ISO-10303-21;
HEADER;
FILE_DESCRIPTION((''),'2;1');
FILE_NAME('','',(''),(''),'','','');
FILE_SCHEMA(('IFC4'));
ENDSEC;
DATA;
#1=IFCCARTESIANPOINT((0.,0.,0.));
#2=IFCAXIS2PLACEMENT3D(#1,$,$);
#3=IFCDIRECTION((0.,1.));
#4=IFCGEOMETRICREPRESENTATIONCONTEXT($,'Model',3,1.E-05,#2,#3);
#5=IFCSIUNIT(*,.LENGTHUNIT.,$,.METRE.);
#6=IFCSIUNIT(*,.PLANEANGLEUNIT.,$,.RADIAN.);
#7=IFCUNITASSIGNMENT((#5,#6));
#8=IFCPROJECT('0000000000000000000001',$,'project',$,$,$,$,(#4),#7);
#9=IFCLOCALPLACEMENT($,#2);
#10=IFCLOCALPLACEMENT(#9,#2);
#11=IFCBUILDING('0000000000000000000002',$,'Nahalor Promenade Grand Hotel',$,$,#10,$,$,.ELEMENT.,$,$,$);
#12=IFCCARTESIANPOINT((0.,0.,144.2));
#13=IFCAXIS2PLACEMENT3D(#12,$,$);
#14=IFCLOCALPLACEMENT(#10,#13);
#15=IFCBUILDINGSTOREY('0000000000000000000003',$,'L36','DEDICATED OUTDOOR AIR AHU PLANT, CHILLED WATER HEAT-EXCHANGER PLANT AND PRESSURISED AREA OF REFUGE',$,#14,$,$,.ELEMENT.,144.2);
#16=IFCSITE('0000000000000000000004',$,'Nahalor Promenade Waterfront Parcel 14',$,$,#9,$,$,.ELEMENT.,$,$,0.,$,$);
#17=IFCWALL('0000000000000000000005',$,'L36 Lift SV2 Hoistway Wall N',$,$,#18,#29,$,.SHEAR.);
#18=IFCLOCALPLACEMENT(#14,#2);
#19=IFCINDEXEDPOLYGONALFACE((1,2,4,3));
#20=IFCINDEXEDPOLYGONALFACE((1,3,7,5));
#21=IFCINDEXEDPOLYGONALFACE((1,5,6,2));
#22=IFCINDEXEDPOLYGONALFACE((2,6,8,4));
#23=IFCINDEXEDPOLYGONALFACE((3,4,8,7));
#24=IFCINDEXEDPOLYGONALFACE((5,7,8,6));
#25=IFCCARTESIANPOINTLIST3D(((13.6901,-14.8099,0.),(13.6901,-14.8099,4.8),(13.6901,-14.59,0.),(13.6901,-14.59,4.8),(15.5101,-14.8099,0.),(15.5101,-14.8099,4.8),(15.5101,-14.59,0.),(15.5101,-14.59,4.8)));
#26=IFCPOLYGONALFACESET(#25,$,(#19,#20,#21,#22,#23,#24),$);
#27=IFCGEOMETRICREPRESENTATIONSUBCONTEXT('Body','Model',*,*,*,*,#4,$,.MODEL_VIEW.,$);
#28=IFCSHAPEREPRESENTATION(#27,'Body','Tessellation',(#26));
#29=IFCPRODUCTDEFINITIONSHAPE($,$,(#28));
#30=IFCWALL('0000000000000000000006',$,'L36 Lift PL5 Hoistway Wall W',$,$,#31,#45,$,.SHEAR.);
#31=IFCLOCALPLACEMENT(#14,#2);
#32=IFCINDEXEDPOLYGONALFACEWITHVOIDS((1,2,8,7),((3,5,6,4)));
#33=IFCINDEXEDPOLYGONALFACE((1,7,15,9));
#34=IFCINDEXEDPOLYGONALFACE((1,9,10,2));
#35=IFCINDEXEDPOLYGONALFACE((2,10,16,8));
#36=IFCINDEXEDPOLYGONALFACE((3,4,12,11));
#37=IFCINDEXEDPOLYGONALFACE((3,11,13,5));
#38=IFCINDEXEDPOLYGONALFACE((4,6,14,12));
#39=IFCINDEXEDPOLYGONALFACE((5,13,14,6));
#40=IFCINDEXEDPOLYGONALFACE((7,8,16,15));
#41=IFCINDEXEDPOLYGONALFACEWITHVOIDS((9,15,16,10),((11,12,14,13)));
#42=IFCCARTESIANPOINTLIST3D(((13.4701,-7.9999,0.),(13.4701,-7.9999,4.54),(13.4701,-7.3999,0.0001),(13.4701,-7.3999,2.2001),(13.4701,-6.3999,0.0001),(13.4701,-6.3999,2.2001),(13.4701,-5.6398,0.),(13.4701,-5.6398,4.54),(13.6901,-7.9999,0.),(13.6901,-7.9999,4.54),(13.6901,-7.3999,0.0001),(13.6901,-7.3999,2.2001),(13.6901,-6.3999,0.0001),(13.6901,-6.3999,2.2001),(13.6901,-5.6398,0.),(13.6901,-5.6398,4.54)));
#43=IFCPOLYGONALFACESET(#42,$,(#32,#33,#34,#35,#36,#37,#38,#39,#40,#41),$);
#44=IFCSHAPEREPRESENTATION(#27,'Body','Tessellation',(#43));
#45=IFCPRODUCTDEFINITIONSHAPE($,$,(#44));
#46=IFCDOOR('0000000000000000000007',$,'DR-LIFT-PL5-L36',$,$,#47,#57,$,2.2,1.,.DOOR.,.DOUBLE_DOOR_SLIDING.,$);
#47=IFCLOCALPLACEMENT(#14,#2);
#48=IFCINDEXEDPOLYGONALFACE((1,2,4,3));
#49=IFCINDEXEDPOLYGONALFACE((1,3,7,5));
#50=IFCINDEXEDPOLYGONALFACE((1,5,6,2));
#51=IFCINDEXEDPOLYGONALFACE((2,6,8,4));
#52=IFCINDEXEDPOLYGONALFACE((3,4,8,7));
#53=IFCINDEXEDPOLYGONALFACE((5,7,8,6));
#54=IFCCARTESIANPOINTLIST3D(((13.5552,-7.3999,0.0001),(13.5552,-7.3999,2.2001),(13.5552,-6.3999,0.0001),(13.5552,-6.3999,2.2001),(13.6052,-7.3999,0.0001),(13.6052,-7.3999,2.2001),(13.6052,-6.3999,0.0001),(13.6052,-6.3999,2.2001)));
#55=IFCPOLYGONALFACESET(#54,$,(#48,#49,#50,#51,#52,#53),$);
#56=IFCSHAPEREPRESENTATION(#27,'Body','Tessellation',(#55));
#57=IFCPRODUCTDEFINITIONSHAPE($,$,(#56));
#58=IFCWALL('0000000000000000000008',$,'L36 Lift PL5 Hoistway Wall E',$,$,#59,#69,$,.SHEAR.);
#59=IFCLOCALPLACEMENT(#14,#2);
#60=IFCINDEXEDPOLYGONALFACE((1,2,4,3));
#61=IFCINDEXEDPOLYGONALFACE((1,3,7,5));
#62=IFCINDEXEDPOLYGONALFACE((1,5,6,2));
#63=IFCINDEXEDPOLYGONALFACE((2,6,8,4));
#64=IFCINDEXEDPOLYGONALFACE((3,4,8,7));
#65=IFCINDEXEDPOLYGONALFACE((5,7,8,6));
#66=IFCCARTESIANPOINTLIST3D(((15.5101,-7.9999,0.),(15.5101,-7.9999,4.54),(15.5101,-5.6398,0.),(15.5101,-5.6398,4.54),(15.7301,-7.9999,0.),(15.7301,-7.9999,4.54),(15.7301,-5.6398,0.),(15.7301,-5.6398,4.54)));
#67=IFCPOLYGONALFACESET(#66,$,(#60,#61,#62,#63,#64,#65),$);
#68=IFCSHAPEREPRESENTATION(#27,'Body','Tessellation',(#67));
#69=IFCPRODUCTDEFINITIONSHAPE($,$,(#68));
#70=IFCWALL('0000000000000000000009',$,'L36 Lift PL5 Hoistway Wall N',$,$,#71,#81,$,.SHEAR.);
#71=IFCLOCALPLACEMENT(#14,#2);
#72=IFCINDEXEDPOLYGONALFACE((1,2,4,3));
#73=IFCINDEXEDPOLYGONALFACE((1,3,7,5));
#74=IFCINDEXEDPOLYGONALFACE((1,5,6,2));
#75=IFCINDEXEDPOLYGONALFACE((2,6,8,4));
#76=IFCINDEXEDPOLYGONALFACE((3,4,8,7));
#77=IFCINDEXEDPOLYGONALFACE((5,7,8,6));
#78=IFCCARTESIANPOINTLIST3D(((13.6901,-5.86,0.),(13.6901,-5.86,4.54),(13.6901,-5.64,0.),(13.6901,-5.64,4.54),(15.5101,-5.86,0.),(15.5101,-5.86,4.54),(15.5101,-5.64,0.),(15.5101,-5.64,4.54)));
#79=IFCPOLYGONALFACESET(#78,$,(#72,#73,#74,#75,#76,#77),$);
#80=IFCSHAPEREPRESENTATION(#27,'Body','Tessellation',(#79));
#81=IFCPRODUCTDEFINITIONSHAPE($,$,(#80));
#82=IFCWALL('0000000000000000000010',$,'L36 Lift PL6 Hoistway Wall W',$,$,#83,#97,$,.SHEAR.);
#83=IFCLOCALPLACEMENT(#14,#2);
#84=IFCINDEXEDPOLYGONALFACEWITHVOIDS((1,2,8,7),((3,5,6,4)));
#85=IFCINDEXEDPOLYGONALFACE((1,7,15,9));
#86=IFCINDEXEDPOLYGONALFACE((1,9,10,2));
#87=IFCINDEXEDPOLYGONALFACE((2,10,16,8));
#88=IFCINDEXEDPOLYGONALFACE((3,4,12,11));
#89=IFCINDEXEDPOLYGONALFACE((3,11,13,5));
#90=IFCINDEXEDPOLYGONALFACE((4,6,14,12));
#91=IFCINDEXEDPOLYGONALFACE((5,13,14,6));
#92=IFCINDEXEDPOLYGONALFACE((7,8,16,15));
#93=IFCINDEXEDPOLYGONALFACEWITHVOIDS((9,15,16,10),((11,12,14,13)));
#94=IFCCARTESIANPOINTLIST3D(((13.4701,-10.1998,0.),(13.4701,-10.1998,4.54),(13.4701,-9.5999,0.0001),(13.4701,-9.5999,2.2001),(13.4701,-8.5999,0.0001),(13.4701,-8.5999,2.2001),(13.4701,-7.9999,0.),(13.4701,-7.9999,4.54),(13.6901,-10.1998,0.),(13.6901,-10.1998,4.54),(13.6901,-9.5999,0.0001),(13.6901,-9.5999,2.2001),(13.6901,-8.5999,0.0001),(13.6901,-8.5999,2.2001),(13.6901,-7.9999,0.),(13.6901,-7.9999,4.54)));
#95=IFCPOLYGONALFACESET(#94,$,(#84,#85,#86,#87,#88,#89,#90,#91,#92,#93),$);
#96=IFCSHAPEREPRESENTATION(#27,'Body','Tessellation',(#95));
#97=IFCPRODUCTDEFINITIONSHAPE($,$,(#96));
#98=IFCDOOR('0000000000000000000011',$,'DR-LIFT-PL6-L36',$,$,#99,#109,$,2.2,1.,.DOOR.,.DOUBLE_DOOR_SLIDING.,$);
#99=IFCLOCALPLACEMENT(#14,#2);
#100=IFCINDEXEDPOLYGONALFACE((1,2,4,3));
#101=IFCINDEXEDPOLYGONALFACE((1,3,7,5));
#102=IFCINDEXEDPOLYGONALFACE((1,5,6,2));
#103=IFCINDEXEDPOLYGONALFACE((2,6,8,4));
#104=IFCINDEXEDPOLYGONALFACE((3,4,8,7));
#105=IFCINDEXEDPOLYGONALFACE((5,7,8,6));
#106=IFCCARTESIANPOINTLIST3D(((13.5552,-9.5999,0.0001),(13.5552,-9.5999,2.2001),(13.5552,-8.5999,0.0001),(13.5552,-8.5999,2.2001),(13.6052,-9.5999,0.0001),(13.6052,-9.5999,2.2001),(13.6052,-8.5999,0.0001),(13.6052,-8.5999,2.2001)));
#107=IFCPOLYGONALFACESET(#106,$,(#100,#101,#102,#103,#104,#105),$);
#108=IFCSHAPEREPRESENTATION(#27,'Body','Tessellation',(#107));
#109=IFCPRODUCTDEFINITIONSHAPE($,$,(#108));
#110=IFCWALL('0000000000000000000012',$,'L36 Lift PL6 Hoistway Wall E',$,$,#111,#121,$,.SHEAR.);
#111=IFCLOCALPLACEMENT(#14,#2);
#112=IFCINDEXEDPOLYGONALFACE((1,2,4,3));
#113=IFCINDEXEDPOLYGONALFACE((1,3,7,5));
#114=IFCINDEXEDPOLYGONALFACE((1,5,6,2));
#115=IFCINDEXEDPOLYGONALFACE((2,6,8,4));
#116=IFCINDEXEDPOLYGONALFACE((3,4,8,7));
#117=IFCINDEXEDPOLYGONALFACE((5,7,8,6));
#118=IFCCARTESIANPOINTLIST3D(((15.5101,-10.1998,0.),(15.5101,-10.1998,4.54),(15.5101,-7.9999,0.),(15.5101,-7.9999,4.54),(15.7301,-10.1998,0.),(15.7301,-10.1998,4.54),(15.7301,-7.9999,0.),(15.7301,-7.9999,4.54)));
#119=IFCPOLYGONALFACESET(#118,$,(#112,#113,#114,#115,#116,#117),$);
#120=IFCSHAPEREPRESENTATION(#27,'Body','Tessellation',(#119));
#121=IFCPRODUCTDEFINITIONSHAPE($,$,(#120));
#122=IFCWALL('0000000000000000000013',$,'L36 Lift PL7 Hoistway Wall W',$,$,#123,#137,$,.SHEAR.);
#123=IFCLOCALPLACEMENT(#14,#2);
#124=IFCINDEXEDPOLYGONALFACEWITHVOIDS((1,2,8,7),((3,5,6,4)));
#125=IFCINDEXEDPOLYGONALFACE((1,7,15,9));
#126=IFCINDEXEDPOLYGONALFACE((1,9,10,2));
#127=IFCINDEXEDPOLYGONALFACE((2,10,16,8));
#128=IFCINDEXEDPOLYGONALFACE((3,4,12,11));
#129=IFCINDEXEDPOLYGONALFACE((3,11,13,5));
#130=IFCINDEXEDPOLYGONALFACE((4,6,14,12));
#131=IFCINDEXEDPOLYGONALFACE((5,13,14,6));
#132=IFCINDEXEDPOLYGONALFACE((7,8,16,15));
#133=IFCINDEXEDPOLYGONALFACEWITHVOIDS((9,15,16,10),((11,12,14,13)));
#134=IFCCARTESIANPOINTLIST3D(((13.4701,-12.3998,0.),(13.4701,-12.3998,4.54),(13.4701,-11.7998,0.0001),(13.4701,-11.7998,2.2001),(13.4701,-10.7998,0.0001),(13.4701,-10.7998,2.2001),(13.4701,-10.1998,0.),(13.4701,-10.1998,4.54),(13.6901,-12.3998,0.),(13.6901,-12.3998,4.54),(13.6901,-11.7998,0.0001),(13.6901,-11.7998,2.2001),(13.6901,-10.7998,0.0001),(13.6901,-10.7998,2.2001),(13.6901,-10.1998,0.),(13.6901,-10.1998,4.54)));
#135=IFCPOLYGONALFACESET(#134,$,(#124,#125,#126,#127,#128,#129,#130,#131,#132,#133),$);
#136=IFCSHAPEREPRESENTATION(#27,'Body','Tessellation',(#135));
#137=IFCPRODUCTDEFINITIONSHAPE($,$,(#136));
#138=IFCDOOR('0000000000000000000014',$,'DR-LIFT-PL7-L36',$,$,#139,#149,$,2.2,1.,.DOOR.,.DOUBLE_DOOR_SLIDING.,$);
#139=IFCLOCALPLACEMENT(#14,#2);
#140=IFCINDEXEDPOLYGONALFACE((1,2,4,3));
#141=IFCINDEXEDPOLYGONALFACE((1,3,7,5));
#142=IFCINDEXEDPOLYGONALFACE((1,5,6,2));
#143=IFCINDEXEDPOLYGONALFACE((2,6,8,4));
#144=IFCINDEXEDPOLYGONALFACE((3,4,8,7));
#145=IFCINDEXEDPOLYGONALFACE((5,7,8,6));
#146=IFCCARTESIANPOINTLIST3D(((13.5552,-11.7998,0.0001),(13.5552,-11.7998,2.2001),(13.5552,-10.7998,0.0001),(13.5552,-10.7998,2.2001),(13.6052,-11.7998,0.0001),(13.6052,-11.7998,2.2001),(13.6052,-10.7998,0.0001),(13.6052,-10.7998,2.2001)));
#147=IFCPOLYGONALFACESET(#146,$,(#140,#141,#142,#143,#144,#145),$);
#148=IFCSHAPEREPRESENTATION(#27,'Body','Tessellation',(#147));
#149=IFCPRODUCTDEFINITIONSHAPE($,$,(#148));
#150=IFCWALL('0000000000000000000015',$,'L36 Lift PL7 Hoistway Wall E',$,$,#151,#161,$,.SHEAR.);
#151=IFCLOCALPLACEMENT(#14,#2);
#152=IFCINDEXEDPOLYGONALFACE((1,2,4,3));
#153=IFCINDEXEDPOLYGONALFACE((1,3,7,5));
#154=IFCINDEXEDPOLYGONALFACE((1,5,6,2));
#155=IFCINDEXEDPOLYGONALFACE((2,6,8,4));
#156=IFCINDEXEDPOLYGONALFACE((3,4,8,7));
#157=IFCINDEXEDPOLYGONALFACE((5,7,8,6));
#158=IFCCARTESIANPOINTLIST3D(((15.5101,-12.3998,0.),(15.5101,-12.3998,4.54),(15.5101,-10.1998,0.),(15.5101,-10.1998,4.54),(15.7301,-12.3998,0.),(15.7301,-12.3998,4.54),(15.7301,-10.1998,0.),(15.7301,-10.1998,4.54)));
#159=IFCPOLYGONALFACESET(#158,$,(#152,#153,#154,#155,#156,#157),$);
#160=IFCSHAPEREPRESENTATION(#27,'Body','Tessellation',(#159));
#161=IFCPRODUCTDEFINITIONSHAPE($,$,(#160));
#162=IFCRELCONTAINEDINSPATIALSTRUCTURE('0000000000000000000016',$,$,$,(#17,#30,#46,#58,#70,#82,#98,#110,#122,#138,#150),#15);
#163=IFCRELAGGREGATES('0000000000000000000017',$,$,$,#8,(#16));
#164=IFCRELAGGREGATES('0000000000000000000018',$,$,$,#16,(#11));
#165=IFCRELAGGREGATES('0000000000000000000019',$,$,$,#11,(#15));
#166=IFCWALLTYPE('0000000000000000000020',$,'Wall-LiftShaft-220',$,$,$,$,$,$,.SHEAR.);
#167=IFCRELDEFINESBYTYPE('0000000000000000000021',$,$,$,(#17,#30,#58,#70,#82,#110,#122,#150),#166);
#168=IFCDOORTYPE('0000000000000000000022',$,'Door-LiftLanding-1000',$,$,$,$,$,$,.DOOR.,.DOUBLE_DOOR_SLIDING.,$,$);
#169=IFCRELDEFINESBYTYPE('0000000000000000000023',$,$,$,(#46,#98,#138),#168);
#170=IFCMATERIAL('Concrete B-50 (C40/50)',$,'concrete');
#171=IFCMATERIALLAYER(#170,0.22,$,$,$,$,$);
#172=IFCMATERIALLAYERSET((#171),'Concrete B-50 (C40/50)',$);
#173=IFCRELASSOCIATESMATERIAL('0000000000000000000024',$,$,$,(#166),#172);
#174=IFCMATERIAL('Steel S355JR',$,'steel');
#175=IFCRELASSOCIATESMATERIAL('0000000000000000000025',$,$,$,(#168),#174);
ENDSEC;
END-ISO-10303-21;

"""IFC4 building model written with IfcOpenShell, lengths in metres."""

from ifc_helpers import new_model, si_unit, direction, frame, frame_2d, origin, place, context, subcontext, project, spatial, rectangle, extrude, source, transform, mapped, material, layer, layer_set, type_object, element, fill, save


model = new_model("IFC4")

# Units and contexts
model_context = context("Model", 3, precision=1e-05, world=origin(), true_north=direction((0.0, 1.0)))
body_context = subcontext(model_context, "Body", "Model", "MODEL_VIEW")
ifc_project = project(units=[si_unit("LENGTHUNIT", "METRE"), si_unit("PLANEANGLEUNIT", "RADIAN")], contexts=[model_context])

# Site, building, storey
site_placement = place(None, origin())
site = spatial("IfcSite", under=ifc_project, at=site_placement, Name="Nahalor Promenade Waterfront Parcel 14", CompositionType="ELEMENT", RefElevation=0.0)
building_placement = place(site_placement, origin())
building = spatial("IfcBuilding", under=site, at=building_placement, Name="Nahalor Promenade Grand Hotel", CompositionType="ELEMENT")
storey_placement = place(building_placement, frame((0.0, 0.0, 144.2)))
storey = spatial("IfcBuildingStorey", under=building, at=storey_placement, Name="L36", Description="DEDICATED OUTDOOR AIR AHU PLANT, CHILLED WATER HEAT-EXCHANGER PLANT AND PRESSURISED AREA OF REFUGE", CompositionType="ELEMENT", Elevation=144.2)

# Shared definitions
ifc_material_1 = material(Name="Steel S355JR", Category="steel")

# Wall
ifc_material_2 = material(Name="Concrete B-50 (C40/50)", Category="concrete")
ifc_layer_1 = layer(ifc_material_2, 0.22)
ifc_layer_set_1 = layer_set([ifc_layer_1], Name="Concrete B-50 (C40/50)")
wall_type_1 = type_object("IfcWallType", Name="Wall-LiftShaft-220", PredefinedType="SHEAR", material=ifc_layer_set_1)
shared_shape_1 = source(origin(), body_context, "Body", "SweptSolid", [
    extrude(rectangle(XDim=1.8201, YDim=0.22, at=frame_2d((0.9102, 0.0))), origin(), (0.0, 0.0, 1.0), 4.8),
])
for number, where, z_axis, x_axis, name in (
    (1, (13.6899, -14.7, 0.0), (0.0, 0.0, 1.0), (1.0, 0.0, 0.0), "L36 Lift SV2 Hoistway Wall N"),
):
    element("IfcWall", number, at=place(storey_placement, frame(where, z_axis=z_axis, x_axis=x_axis)), inside=storey, type_object=wall_type_1, Name=name, PredefinedType="SHEAR", context=body_context, shape_type="MappedRepresentation", body=[
        mapped(shared_shape_1, transform((0.0, 0.0, 0.0), scale=1.0)),
    ])

# Wall, opening, door
shared_shape_2 = source(origin(), body_context, "Body", "SweptSolid", [
    extrude(rectangle(XDim=2.3601, YDim=0.22, at=frame_2d((1.1802, 0.0))), origin(), (0.0, 0.0, 1.0), 4.54),
])
wall_1_placement = place(storey_placement, frame((13.5801, -8.0, 0.0), z_axis=(0.0, 0.0, 1.0), x_axis=(0.0, 1.0, 0.0)))
wall_1 = element("IfcWall", 2, at=wall_1_placement, inside=storey, type_object=wall_type_1, Name="L36 Lift PL5 Hoistway Wall W", PredefinedType="SHEAR", context=body_context, shape_type="MappedRepresentation", body=[
    mapped(shared_shape_2, transform((0.0, 0.0, 0.0), scale=1.0)),
])
opening_1_placement = place(wall_1_placement, frame((0.6001, 0.0, 0.0)))
opening_1 = element("IfcOpeningElement", 3, at=opening_1_placement, cuts=wall_1, PredefinedType="OPENING", context=body_context, shape_type="SweptSolid", body=[
    extrude(rectangle(XDim=1.0, YDim=2.2, at=frame_2d((0.5, 1.1001))), frame((0.0, 0.1199, 0.0), z_axis=(0.0, -1.0, 0.0), x_axis=(1.0, 0.0, 0.0)), (0.0, 0.0, 1.0), 0.24),
])
door_type_1 = type_object("IfcDoorType", Name="Door-LiftLanding-1000", OperationType="DOUBLE_DOOR_SLIDING", PredefinedType="DOOR", material=ifc_material_1)
shared_shape_3 = source(origin(), body_context, "Body", "SweptSolid", [
    extrude(rectangle(XDim=1.0, YDim=2.2, at=frame_2d((0.5, 1.1001))), frame((0.0, 0.0249, 0.0), z_axis=(0.0, -1.0, 0.0), x_axis=(1.0, 0.0, 0.0)), (0.0, 0.0, 1.0), 0.05),
])
door_1_placement = place(opening_1_placement, origin())
door_1 = element("IfcDoor", 4, at=door_1_placement, inside=storey, type_object=door_type_1, Name="DR-LIFT-PL5-L36", OperationType="DOUBLE_DOOR_SLIDING", OverallHeight=2.2, OverallWidth=1.0, PredefinedType="DOOR", context=body_context, shape_type="MappedRepresentation", body=[
    mapped(shared_shape_3, transform((0.0, 0.0, 0.0), scale=1.0)),
])
fill(opening_1, door_1)

# Walls
wall_2_placement = place(storey_placement, frame((15.6201, -8.0, 0.0), z_axis=(0.0, 0.0, 1.0), x_axis=(0.0, 1.0, 0.0)))
element("IfcWall", 5, at=wall_2_placement, inside=storey, type_object=wall_type_1, Name="L36 Lift PL5 Hoistway Wall E", PredefinedType="SHEAR", context=body_context, shape_type="MappedRepresentation", body=[
    mapped(shared_shape_2, transform((0.0, 0.0, 0.0), scale=1.0)),
])
shared_shape_4 = source(origin(), body_context, "Body", "SweptSolid", [
    extrude(rectangle(XDim=1.8201, YDim=0.22, at=frame_2d((0.9102, 0.0))), origin(), (0.0, 0.0, 1.0), 4.54),
])
wall_3_placement = place(storey_placement, frame((13.6899, -5.75, 0.0), z_axis=(0.0, 0.0, 1.0), x_axis=(1.0, 0.0, 0.0)))
element("IfcWall", 6, at=wall_3_placement, inside=storey, type_object=wall_type_1, Name="L36 Lift PL5 Hoistway Wall N", PredefinedType="SHEAR", context=body_context, shape_type="MappedRepresentation", body=[
    mapped(shared_shape_4, transform((0.0, 0.0, 0.0), scale=1.0)),
])

# Wall, opening, door
shared_shape_5 = source(origin(), body_context, "Body", "SweptSolid", [
    extrude(rectangle(XDim=2.2, YDim=0.22, at=frame_2d((1.1001, 0.0))), origin(), (0.0, 0.0, 1.0), 4.54),
])
wall_4_placement = place(storey_placement, frame((13.5801, -10.2, 0.0), z_axis=(0.0, 0.0, 1.0), x_axis=(0.0, 1.0, 0.0)))
wall_4 = element("IfcWall", 7, at=wall_4_placement, inside=storey, type_object=wall_type_1, Name="L36 Lift PL6 Hoistway Wall W", PredefinedType="SHEAR", context=body_context, shape_type="MappedRepresentation", body=[
    mapped(shared_shape_5, transform((0.0, 0.0, 0.0), scale=1.0)),
])
opening_2_placement = place(wall_4_placement, frame((0.6001, 0.0, 0.0)))
opening_2 = element("IfcOpeningElement", 8, at=opening_2_placement, cuts=wall_4, PredefinedType="OPENING", context=body_context, shape_type="SweptSolid", body=[
    extrude(rectangle(XDim=1.0, YDim=2.2, at=frame_2d((0.5, 1.1001))), frame((0.0, 0.1199, 0.0), z_axis=(0.0, -1.0, 0.0), x_axis=(1.0, 0.0, 0.0)), (0.0, 0.0, 1.0), 0.24),
])
door_2_placement = place(opening_2_placement, origin())
door_2 = element("IfcDoor", 9, at=door_2_placement, inside=storey, type_object=door_type_1, Name="DR-LIFT-PL6-L36", OperationType="DOUBLE_DOOR_SLIDING", OverallHeight=2.2, OverallWidth=1.0, PredefinedType="DOOR", context=body_context, shape_type="MappedRepresentation", body=[
    mapped(shared_shape_3, transform((0.0, 0.0, 0.0), scale=1.0)),
])
fill(opening_2, door_2)

# Wall
wall_5_placement = place(storey_placement, frame((15.6201, -10.2, 0.0), z_axis=(0.0, 0.0, 1.0), x_axis=(0.0, 1.0, 0.0)))
element("IfcWall", 10, at=wall_5_placement, inside=storey, type_object=wall_type_1, Name="L36 Lift PL6 Hoistway Wall E", PredefinedType="SHEAR", context=body_context, shape_type="MappedRepresentation", body=[
    mapped(shared_shape_5, transform((0.0, 0.0, 0.0), scale=1.0)),
])

# Wall, opening, door
wall_6_placement = place(storey_placement, frame((13.5801, -12.3999, 0.0), z_axis=(0.0, 0.0, 1.0), x_axis=(0.0, 1.0, 0.0)))
wall_6 = element("IfcWall", 11, at=wall_6_placement, inside=storey, type_object=wall_type_1, Name="L36 Lift PL7 Hoistway Wall W", PredefinedType="SHEAR", context=body_context, shape_type="MappedRepresentation", body=[
    mapped(shared_shape_5, transform((0.0, 0.0, 0.0), scale=1.0)),
])
opening_3_placement = place(wall_6_placement, frame((0.6001, 0.0, 0.0)))
opening_3 = element("IfcOpeningElement", 12, at=opening_3_placement, cuts=wall_6, PredefinedType="OPENING", context=body_context, shape_type="SweptSolid", body=[
    extrude(rectangle(XDim=1.0, YDim=2.2, at=frame_2d((0.5, 1.1001))), frame((0.0, 0.1199, 0.0), z_axis=(0.0, -1.0, 0.0), x_axis=(1.0, 0.0, 0.0)), (0.0, 0.0, 1.0), 0.24),
])
door_3_placement = place(opening_3_placement, origin())
door_3 = element("IfcDoor", 13, at=door_3_placement, inside=storey, type_object=door_type_1, Name="DR-LIFT-PL7-L36", OperationType="DOUBLE_DOOR_SLIDING", OverallHeight=2.2, OverallWidth=1.0, PredefinedType="DOOR", context=body_context, shape_type="MappedRepresentation", body=[
    mapped(shared_shape_3, transform((0.0, 0.0, 0.0), scale=1.0)),
])
fill(opening_3, door_3)

# Wall
wall_7_placement = place(storey_placement, frame((15.6201, -12.3999, 0.0), z_axis=(0.0, 0.0, 1.0), x_axis=(0.0, 1.0, 0.0)))
element("IfcWall", 14, at=wall_7_placement, inside=storey, type_object=wall_type_1, Name="L36 Lift PL7 Hoistway Wall E", PredefinedType="SHEAR", context=body_context, shape_type="MappedRepresentation", body=[
    mapped(shared_shape_5, transform((0.0, 0.0, 0.0), scale=1.0)),
])

save(model, "model.ifc")
